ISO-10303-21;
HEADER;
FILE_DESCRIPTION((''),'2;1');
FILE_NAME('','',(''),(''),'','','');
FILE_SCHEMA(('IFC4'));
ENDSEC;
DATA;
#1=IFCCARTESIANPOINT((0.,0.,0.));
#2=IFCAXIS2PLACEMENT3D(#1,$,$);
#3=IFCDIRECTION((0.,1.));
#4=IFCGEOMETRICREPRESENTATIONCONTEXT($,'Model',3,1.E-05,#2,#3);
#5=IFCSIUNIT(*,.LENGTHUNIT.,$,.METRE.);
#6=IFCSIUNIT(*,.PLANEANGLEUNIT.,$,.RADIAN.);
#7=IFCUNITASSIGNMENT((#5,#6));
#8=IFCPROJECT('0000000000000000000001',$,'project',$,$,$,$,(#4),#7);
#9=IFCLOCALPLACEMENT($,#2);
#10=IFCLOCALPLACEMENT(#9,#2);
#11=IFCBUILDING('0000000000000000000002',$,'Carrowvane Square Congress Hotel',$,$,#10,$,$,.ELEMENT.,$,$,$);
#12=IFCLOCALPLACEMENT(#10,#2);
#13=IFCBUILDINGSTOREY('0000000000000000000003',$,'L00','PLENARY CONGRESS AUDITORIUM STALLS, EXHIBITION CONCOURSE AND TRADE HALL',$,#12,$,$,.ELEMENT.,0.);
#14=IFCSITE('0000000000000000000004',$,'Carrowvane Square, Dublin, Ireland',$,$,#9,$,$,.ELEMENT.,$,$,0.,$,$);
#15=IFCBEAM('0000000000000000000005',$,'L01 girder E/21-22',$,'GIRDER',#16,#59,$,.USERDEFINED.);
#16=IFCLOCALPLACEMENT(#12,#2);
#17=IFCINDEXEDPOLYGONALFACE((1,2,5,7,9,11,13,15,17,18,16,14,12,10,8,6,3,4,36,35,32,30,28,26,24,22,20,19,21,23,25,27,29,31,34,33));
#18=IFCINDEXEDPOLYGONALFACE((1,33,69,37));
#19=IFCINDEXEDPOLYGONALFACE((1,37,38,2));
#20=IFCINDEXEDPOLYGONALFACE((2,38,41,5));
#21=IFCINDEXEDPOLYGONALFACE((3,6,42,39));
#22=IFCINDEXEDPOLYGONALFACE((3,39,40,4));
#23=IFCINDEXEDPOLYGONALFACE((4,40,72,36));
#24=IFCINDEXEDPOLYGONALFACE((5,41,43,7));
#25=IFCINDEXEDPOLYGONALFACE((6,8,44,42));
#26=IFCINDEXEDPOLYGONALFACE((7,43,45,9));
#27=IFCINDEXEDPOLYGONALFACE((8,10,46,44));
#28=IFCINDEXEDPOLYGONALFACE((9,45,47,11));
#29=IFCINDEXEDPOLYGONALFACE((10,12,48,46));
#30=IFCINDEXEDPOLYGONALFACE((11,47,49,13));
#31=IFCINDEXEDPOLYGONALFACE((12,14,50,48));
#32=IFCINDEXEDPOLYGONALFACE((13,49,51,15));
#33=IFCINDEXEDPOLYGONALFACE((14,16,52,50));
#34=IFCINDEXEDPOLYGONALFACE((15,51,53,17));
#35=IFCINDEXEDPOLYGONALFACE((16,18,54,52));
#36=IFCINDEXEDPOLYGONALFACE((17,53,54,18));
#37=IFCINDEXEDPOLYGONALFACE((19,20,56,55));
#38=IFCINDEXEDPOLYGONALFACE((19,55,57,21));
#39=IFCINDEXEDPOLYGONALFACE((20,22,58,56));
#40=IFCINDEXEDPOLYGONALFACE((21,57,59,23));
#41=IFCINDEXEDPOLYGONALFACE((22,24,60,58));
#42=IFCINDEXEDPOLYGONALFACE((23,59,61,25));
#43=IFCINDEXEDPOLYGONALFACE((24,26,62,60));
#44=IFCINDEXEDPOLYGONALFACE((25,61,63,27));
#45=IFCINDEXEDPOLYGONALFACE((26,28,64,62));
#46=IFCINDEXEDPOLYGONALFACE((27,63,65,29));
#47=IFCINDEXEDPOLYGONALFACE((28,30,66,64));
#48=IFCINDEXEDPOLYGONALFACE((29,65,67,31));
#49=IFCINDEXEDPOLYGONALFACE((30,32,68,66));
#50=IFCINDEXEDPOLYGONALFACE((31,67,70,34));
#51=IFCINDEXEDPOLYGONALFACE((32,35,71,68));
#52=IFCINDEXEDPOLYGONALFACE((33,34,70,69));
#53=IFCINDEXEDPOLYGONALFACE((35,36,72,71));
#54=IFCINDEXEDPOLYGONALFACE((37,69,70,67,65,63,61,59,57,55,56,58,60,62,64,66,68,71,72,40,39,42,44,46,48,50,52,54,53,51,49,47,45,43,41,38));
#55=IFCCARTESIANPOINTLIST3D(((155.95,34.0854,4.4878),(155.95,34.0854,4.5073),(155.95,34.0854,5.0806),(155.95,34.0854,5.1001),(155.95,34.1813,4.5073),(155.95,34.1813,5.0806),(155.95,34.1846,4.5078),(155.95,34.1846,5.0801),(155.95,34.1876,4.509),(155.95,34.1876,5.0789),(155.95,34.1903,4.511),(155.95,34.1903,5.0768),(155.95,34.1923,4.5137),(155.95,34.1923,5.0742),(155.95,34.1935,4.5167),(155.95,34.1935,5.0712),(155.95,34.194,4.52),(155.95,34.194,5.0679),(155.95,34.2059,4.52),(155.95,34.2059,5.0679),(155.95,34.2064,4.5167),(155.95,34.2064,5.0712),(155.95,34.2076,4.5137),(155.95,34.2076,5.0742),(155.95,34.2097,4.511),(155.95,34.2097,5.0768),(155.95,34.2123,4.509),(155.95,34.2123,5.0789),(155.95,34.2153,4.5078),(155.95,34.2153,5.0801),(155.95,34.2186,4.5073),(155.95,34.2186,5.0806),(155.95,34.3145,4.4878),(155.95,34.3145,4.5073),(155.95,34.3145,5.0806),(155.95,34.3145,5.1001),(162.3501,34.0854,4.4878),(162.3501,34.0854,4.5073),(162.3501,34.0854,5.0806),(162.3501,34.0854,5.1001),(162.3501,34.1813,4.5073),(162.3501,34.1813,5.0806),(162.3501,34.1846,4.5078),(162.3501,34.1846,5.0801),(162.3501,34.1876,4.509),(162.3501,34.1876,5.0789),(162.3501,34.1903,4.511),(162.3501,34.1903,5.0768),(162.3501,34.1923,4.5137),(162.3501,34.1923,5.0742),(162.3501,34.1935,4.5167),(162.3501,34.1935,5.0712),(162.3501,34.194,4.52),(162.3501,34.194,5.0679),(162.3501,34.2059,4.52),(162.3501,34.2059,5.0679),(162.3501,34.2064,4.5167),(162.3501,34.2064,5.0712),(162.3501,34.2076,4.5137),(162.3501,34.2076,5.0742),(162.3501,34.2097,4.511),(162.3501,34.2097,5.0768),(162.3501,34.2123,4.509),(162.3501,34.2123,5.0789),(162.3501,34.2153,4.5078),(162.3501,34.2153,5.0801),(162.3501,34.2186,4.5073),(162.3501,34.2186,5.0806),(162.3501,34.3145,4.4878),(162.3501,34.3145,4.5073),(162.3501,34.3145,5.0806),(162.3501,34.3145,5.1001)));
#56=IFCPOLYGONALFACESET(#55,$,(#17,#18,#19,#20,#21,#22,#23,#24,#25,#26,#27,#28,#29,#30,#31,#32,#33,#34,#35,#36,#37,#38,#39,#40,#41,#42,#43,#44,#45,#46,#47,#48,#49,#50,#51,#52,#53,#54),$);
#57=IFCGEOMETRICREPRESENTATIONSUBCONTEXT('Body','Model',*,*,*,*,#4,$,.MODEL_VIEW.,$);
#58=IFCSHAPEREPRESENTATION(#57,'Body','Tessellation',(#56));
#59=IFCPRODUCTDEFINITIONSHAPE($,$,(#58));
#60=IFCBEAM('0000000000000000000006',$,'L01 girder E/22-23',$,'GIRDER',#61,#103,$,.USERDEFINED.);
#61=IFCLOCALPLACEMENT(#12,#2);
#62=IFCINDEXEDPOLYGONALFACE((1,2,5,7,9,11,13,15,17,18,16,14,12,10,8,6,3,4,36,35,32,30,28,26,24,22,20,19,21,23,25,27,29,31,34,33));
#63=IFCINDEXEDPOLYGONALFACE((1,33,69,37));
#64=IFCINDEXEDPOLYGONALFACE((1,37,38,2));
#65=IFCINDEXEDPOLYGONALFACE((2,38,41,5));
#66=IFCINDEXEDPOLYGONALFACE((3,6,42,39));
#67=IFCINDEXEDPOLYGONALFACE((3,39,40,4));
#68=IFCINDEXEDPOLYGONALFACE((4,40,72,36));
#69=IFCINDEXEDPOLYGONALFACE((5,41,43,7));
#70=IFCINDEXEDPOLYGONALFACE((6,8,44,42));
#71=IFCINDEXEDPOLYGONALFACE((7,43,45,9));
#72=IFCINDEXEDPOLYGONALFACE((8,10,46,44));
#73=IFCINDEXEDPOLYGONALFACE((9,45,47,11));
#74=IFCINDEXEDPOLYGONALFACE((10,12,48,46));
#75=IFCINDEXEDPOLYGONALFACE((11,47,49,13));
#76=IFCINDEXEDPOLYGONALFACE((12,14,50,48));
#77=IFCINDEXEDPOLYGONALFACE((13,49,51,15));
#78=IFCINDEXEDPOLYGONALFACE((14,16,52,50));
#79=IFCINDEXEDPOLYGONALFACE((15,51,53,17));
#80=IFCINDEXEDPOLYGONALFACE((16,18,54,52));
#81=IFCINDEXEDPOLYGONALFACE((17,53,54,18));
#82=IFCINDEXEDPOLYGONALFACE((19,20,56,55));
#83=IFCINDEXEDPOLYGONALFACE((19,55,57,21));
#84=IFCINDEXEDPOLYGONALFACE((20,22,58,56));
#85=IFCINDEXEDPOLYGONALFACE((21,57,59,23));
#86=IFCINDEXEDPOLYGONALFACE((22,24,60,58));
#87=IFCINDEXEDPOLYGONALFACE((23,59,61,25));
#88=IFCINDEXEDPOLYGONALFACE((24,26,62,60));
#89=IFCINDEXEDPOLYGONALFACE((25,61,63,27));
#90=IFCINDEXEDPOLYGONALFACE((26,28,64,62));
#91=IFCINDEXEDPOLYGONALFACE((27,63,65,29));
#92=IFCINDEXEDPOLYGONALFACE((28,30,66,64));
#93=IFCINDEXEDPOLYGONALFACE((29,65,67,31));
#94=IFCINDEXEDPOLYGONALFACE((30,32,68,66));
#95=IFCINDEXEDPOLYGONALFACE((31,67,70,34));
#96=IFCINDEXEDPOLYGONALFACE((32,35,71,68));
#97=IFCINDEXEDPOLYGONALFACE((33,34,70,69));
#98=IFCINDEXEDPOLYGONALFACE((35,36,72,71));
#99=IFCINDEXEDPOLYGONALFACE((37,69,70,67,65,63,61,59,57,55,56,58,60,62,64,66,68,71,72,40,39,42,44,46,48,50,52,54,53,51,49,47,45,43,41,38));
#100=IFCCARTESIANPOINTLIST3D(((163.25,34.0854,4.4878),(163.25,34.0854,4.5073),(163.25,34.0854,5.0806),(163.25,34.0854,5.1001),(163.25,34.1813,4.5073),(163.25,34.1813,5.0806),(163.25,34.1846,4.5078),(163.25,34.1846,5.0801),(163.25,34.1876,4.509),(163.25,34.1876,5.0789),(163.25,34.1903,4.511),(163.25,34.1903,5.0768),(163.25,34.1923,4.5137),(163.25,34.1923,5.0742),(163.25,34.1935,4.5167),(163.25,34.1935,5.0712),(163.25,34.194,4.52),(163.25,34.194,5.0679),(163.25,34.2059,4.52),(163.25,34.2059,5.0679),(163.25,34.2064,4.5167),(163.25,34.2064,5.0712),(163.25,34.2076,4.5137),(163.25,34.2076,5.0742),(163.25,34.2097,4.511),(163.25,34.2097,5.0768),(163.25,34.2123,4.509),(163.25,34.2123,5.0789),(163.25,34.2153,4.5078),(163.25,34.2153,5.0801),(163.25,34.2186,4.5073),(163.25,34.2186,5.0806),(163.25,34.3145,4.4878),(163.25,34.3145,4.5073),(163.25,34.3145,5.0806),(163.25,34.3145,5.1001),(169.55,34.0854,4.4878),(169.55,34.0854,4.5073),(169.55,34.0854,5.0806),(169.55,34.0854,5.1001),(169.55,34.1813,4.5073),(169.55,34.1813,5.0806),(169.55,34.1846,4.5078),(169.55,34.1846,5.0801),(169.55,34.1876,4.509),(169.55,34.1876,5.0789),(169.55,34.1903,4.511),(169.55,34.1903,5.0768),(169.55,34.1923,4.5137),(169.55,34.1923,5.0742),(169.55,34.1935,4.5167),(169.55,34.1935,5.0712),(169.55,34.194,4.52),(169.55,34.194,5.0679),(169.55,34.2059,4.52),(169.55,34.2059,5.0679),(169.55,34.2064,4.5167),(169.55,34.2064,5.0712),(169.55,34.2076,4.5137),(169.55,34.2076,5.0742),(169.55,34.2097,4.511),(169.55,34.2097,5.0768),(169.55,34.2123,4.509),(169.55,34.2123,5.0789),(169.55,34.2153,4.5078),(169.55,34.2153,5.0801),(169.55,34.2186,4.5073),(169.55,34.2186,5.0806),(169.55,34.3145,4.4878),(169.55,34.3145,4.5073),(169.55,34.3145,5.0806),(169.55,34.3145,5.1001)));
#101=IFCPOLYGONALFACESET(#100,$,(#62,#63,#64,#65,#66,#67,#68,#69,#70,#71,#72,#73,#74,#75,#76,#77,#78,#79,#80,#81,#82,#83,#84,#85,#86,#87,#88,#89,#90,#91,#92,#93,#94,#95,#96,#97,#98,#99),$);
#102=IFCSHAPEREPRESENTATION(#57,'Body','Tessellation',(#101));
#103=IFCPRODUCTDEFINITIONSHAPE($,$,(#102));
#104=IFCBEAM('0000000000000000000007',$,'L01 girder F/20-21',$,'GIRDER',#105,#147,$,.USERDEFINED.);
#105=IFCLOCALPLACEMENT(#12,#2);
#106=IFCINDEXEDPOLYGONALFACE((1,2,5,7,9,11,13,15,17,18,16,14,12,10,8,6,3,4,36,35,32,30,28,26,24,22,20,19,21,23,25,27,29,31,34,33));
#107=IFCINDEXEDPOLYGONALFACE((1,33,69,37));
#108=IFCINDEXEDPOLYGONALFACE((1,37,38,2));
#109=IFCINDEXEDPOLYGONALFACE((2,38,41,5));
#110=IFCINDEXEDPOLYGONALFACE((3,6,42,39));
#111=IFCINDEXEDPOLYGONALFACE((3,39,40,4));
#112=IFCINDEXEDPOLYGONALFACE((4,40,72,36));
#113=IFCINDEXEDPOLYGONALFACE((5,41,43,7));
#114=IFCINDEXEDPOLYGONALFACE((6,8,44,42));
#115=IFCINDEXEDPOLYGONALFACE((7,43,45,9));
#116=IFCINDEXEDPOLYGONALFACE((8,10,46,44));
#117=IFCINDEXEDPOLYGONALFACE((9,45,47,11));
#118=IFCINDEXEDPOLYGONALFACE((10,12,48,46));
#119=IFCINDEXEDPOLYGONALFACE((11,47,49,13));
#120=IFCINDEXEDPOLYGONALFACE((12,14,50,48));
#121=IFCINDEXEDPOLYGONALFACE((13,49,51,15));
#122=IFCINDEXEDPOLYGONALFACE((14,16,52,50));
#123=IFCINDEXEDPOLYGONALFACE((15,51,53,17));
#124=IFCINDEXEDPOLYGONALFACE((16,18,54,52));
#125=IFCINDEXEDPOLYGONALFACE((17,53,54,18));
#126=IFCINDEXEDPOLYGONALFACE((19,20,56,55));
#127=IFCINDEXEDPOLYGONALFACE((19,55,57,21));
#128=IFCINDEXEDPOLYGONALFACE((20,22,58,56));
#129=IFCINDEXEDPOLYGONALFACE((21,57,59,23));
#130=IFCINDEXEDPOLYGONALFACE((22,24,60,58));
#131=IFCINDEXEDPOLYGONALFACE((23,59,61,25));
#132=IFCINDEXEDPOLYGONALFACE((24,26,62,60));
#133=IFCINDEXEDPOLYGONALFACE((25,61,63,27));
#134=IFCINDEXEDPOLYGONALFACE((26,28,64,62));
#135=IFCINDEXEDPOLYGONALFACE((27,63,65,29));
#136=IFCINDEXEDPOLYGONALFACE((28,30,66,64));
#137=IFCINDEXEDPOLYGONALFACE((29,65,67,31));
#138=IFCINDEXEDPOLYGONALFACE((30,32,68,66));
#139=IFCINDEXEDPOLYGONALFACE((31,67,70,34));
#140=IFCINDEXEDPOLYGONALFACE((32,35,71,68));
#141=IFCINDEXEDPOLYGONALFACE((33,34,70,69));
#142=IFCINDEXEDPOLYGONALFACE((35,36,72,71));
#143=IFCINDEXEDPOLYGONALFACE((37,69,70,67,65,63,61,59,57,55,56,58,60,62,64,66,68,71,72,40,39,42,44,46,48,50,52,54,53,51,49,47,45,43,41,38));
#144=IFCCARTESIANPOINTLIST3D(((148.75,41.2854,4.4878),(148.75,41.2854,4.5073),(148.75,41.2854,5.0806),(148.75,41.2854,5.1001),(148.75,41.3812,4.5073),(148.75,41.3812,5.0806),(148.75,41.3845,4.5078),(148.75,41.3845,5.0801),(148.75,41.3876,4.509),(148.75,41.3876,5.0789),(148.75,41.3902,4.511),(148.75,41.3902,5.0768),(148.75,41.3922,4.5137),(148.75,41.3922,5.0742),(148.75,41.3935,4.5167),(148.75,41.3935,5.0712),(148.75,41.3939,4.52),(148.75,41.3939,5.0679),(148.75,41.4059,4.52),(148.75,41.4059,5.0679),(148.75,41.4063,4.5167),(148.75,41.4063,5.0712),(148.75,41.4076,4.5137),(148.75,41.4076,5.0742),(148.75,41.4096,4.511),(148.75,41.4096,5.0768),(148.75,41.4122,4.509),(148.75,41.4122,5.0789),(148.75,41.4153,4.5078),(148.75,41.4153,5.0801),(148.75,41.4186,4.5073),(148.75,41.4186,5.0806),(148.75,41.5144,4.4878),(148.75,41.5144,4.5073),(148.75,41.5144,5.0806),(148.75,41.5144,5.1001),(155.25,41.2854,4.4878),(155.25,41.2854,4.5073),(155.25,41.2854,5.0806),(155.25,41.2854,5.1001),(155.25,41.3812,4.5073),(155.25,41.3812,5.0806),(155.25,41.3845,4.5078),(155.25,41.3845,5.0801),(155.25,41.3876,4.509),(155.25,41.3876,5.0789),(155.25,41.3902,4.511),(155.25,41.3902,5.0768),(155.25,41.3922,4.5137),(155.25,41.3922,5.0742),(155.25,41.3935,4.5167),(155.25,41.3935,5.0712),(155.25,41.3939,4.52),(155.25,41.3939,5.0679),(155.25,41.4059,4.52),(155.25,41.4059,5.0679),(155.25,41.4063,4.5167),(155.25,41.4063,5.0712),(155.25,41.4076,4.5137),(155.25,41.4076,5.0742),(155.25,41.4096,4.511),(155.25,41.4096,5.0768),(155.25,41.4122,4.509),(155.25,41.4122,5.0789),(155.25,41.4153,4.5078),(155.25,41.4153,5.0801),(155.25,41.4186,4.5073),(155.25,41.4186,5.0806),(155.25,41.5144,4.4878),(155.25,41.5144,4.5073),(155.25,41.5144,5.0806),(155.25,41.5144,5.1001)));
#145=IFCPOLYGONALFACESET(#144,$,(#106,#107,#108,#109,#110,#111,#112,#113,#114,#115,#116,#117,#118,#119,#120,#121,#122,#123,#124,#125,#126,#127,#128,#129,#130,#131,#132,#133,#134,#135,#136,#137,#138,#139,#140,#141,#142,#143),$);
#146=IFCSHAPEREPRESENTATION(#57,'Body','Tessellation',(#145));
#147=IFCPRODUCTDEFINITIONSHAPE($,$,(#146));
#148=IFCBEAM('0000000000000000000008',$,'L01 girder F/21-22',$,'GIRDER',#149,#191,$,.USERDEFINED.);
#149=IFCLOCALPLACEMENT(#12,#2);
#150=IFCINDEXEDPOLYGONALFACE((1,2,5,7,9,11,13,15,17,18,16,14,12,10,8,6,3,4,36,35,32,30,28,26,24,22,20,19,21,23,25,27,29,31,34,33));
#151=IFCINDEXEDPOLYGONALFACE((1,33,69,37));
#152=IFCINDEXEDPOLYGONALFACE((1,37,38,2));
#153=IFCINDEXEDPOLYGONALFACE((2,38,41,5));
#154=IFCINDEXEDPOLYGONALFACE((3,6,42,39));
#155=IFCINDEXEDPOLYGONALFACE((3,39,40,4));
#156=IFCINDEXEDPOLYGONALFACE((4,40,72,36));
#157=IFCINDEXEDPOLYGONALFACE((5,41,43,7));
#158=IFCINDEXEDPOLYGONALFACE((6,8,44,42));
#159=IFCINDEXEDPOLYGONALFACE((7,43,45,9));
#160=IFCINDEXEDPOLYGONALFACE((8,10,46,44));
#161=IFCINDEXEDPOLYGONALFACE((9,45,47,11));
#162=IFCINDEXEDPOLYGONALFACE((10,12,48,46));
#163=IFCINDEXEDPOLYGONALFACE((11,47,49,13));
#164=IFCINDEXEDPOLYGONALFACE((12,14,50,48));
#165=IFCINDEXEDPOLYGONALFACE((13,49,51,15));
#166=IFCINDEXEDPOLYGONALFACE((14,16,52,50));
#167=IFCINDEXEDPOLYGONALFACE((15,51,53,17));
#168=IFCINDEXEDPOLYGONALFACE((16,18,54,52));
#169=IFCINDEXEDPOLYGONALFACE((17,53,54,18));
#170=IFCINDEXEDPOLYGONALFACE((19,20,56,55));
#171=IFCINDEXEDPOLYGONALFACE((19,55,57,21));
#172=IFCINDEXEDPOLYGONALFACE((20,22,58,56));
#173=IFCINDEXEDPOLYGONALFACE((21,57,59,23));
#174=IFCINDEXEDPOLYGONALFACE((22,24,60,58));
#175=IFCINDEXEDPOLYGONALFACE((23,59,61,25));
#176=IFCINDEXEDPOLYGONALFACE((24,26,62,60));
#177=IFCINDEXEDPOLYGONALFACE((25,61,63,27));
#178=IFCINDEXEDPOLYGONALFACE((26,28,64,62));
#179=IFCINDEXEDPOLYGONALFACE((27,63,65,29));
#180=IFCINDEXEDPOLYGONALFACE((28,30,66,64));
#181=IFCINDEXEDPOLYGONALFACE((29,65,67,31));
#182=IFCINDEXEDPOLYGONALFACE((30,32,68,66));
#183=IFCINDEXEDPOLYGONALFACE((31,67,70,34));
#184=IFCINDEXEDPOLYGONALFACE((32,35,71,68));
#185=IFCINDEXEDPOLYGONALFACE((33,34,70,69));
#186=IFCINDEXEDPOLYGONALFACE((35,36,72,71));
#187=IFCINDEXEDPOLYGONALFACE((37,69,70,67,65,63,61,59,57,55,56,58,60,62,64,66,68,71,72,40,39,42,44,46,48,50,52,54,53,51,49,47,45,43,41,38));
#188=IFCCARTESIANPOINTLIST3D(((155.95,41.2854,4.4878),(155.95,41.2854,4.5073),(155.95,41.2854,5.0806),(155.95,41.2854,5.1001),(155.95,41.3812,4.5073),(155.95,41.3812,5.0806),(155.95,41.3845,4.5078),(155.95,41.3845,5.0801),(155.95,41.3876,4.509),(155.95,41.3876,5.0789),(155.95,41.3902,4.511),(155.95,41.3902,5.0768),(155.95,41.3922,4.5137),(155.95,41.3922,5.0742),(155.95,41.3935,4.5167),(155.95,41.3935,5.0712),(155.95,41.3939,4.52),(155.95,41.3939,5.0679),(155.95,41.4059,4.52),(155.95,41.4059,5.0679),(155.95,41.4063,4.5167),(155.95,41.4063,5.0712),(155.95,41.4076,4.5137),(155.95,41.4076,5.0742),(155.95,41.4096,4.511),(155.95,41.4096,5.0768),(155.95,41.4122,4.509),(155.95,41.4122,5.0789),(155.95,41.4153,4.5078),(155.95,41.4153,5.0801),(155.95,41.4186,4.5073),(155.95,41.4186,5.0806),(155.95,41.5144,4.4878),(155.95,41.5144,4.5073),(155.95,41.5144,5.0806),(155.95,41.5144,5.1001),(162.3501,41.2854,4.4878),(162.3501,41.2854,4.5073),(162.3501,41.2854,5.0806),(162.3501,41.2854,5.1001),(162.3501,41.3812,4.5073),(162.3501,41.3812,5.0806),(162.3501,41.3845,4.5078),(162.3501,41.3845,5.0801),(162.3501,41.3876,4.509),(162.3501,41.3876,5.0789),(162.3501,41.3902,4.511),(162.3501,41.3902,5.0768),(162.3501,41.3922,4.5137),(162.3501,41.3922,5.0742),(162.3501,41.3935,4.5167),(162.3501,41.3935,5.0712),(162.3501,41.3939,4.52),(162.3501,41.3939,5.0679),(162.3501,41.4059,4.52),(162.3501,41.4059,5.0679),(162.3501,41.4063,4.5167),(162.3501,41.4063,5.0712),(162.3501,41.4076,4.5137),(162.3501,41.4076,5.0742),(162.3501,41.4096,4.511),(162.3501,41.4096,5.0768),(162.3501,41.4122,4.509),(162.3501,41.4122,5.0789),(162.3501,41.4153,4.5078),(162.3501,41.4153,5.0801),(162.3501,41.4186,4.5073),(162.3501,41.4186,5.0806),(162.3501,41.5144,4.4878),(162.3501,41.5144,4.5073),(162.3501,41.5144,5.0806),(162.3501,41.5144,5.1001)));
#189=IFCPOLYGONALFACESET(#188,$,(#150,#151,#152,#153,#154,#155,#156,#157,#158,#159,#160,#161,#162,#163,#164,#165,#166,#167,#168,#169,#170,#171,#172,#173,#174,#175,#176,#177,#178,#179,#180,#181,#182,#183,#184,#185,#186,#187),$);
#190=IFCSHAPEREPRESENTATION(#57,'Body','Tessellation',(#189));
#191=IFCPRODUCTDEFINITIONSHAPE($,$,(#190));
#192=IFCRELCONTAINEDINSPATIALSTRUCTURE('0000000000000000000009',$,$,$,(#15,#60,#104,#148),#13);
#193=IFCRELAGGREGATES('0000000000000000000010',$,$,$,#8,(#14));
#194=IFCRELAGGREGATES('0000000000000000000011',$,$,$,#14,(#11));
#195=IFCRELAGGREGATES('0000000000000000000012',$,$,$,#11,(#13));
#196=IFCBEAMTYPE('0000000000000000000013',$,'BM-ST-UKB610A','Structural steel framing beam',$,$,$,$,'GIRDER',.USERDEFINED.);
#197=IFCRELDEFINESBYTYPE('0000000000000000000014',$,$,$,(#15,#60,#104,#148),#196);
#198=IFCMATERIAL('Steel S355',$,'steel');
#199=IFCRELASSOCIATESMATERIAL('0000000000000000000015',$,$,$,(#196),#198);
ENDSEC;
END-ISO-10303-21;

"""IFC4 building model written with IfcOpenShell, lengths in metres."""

from ifc_helpers import new_model, si_unit, direction, frame, origin, origin_2d, place, context, subcontext, project, spatial, i_section, extrude, material, material_profile, profile_set, type_object, element, save


model = new_model("IFC4")

# Units and contexts
model_context = context("Model", 3, precision=1e-05, world=origin(), true_north=direction((0.0, 1.0)))
body_context = subcontext(model_context, "Body", "Model", "MODEL_VIEW")
ifc_project = project(units=[si_unit("LENGTHUNIT", "METRE"), si_unit("PLANEANGLEUNIT", "RADIAN")], contexts=[model_context])

# Site, building, storey
site_placement = place(None, origin())
site = spatial("IfcSite", under=ifc_project, at=site_placement, Name="Carrowvane Square, Dublin, Ireland", CompositionType="ELEMENT", RefElevation=0.0)
building_placement = place(site_placement, origin())
building = spatial("IfcBuilding", under=site, at=building_placement, Name="Carrowvane Square Congress Hotel", CompositionType="ELEMENT")
storey_placement = place(building_placement, origin())
storey = spatial("IfcBuildingStorey", under=building, at=storey_placement, Name="L00", Description="PLENARY CONGRESS AUDITORIUM STALLS, EXHIBITION CONCOURSE AND TRADE HALL", CompositionType="ELEMENT", Elevation=0.0)

# Beams
ifc_material_1 = material(Name="Steel S355", Category="steel")
ifc_material_profile_1 = material_profile(ifc_material_1, i_section(OverallWidth=0.229, OverallDepth=0.6123, WebThickness=0.012, FlangeThickness=0.0195, FilletRadius=0.0127, at=origin_2d()), Name="UKB 610x229x125")
ifc_profile_set_1 = profile_set([ifc_material_profile_1], Name="Steel S355")
beam_type_1 = type_object("IfcBeamType", Name="BM-ST-UKB610A", Description="Structural steel framing beam", ElementType="GIRDER", PredefinedType="USERDEFINED", material=ifc_profile_set_1)
beam_1_placement = place(storey_placement, frame((155.95, 34.2, 4.7939), z_axis=(1.0, 0.0, 0.0), x_axis=(0.0, 1.0, 0.0)))
element("IfcBeam", 1, at=beam_1_placement, inside=storey, type_object=beam_type_1, Name="L01 girder E/21-22", ObjectType="GIRDER", PredefinedType="USERDEFINED", context=body_context, shape_type="SweptSolid", body=[
    extrude(i_section(OverallWidth=0.229, OverallDepth=0.6123, WebThickness=0.012, FlangeThickness=0.0195, FilletRadius=0.0127, at=origin_2d()), origin(), (0.0, 0.0, 1.0), 6.4001),
])
beam_2_placement = place(storey_placement, frame((163.25, 34.2, 4.7939), z_axis=(1.0, 0.0, 0.0), x_axis=(0.0, 1.0, 0.0)))
element("IfcBeam", 2, at=beam_2_placement, inside=storey, type_object=beam_type_1, Name="L01 girder E/22-23", ObjectType="GIRDER", PredefinedType="USERDEFINED", context=body_context, shape_type="SweptSolid", body=[
    extrude(i_section(OverallWidth=0.229, OverallDepth=0.6123, WebThickness=0.012, FlangeThickness=0.0195, FilletRadius=0.0127, at=origin_2d()), origin(), (0.0, 0.0, 1.0), 6.3),
])
beam_3_placement = place(storey_placement, frame((148.75, 41.3999, 4.7939), z_axis=(1.0, 0.0, 0.0), x_axis=(0.0, 1.0, 0.0)))
element("IfcBeam", 3, at=beam_3_placement, inside=storey, type_object=beam_type_1, Name="L01 girder F/20-21", ObjectType="GIRDER", PredefinedType="USERDEFINED", context=body_context, shape_type="SweptSolid", body=[
    extrude(i_section(OverallWidth=0.229, OverallDepth=0.6123, WebThickness=0.012, FlangeThickness=0.0195, FilletRadius=0.0127, at=origin_2d()), origin(), (0.0, 0.0, 1.0), 6.5),
])
beam_4_placement = place(storey_placement, frame((155.95, 41.3999, 4.7939), z_axis=(1.0, 0.0, 0.0), x_axis=(0.0, 1.0, 0.0)))
element("IfcBeam", 4, at=beam_4_placement, inside=storey, type_object=beam_type_1, Name="L01 girder F/21-22", ObjectType="GIRDER", PredefinedType="USERDEFINED", context=body_context, shape_type="SweptSolid", body=[
    extrude(i_section(OverallWidth=0.229, OverallDepth=0.6123, WebThickness=0.012, FlangeThickness=0.0195, FilletRadius=0.0127, at=origin_2d()), origin(), (0.0, 0.0, 1.0), 6.4001),
])

save(model, "model.ifc")
